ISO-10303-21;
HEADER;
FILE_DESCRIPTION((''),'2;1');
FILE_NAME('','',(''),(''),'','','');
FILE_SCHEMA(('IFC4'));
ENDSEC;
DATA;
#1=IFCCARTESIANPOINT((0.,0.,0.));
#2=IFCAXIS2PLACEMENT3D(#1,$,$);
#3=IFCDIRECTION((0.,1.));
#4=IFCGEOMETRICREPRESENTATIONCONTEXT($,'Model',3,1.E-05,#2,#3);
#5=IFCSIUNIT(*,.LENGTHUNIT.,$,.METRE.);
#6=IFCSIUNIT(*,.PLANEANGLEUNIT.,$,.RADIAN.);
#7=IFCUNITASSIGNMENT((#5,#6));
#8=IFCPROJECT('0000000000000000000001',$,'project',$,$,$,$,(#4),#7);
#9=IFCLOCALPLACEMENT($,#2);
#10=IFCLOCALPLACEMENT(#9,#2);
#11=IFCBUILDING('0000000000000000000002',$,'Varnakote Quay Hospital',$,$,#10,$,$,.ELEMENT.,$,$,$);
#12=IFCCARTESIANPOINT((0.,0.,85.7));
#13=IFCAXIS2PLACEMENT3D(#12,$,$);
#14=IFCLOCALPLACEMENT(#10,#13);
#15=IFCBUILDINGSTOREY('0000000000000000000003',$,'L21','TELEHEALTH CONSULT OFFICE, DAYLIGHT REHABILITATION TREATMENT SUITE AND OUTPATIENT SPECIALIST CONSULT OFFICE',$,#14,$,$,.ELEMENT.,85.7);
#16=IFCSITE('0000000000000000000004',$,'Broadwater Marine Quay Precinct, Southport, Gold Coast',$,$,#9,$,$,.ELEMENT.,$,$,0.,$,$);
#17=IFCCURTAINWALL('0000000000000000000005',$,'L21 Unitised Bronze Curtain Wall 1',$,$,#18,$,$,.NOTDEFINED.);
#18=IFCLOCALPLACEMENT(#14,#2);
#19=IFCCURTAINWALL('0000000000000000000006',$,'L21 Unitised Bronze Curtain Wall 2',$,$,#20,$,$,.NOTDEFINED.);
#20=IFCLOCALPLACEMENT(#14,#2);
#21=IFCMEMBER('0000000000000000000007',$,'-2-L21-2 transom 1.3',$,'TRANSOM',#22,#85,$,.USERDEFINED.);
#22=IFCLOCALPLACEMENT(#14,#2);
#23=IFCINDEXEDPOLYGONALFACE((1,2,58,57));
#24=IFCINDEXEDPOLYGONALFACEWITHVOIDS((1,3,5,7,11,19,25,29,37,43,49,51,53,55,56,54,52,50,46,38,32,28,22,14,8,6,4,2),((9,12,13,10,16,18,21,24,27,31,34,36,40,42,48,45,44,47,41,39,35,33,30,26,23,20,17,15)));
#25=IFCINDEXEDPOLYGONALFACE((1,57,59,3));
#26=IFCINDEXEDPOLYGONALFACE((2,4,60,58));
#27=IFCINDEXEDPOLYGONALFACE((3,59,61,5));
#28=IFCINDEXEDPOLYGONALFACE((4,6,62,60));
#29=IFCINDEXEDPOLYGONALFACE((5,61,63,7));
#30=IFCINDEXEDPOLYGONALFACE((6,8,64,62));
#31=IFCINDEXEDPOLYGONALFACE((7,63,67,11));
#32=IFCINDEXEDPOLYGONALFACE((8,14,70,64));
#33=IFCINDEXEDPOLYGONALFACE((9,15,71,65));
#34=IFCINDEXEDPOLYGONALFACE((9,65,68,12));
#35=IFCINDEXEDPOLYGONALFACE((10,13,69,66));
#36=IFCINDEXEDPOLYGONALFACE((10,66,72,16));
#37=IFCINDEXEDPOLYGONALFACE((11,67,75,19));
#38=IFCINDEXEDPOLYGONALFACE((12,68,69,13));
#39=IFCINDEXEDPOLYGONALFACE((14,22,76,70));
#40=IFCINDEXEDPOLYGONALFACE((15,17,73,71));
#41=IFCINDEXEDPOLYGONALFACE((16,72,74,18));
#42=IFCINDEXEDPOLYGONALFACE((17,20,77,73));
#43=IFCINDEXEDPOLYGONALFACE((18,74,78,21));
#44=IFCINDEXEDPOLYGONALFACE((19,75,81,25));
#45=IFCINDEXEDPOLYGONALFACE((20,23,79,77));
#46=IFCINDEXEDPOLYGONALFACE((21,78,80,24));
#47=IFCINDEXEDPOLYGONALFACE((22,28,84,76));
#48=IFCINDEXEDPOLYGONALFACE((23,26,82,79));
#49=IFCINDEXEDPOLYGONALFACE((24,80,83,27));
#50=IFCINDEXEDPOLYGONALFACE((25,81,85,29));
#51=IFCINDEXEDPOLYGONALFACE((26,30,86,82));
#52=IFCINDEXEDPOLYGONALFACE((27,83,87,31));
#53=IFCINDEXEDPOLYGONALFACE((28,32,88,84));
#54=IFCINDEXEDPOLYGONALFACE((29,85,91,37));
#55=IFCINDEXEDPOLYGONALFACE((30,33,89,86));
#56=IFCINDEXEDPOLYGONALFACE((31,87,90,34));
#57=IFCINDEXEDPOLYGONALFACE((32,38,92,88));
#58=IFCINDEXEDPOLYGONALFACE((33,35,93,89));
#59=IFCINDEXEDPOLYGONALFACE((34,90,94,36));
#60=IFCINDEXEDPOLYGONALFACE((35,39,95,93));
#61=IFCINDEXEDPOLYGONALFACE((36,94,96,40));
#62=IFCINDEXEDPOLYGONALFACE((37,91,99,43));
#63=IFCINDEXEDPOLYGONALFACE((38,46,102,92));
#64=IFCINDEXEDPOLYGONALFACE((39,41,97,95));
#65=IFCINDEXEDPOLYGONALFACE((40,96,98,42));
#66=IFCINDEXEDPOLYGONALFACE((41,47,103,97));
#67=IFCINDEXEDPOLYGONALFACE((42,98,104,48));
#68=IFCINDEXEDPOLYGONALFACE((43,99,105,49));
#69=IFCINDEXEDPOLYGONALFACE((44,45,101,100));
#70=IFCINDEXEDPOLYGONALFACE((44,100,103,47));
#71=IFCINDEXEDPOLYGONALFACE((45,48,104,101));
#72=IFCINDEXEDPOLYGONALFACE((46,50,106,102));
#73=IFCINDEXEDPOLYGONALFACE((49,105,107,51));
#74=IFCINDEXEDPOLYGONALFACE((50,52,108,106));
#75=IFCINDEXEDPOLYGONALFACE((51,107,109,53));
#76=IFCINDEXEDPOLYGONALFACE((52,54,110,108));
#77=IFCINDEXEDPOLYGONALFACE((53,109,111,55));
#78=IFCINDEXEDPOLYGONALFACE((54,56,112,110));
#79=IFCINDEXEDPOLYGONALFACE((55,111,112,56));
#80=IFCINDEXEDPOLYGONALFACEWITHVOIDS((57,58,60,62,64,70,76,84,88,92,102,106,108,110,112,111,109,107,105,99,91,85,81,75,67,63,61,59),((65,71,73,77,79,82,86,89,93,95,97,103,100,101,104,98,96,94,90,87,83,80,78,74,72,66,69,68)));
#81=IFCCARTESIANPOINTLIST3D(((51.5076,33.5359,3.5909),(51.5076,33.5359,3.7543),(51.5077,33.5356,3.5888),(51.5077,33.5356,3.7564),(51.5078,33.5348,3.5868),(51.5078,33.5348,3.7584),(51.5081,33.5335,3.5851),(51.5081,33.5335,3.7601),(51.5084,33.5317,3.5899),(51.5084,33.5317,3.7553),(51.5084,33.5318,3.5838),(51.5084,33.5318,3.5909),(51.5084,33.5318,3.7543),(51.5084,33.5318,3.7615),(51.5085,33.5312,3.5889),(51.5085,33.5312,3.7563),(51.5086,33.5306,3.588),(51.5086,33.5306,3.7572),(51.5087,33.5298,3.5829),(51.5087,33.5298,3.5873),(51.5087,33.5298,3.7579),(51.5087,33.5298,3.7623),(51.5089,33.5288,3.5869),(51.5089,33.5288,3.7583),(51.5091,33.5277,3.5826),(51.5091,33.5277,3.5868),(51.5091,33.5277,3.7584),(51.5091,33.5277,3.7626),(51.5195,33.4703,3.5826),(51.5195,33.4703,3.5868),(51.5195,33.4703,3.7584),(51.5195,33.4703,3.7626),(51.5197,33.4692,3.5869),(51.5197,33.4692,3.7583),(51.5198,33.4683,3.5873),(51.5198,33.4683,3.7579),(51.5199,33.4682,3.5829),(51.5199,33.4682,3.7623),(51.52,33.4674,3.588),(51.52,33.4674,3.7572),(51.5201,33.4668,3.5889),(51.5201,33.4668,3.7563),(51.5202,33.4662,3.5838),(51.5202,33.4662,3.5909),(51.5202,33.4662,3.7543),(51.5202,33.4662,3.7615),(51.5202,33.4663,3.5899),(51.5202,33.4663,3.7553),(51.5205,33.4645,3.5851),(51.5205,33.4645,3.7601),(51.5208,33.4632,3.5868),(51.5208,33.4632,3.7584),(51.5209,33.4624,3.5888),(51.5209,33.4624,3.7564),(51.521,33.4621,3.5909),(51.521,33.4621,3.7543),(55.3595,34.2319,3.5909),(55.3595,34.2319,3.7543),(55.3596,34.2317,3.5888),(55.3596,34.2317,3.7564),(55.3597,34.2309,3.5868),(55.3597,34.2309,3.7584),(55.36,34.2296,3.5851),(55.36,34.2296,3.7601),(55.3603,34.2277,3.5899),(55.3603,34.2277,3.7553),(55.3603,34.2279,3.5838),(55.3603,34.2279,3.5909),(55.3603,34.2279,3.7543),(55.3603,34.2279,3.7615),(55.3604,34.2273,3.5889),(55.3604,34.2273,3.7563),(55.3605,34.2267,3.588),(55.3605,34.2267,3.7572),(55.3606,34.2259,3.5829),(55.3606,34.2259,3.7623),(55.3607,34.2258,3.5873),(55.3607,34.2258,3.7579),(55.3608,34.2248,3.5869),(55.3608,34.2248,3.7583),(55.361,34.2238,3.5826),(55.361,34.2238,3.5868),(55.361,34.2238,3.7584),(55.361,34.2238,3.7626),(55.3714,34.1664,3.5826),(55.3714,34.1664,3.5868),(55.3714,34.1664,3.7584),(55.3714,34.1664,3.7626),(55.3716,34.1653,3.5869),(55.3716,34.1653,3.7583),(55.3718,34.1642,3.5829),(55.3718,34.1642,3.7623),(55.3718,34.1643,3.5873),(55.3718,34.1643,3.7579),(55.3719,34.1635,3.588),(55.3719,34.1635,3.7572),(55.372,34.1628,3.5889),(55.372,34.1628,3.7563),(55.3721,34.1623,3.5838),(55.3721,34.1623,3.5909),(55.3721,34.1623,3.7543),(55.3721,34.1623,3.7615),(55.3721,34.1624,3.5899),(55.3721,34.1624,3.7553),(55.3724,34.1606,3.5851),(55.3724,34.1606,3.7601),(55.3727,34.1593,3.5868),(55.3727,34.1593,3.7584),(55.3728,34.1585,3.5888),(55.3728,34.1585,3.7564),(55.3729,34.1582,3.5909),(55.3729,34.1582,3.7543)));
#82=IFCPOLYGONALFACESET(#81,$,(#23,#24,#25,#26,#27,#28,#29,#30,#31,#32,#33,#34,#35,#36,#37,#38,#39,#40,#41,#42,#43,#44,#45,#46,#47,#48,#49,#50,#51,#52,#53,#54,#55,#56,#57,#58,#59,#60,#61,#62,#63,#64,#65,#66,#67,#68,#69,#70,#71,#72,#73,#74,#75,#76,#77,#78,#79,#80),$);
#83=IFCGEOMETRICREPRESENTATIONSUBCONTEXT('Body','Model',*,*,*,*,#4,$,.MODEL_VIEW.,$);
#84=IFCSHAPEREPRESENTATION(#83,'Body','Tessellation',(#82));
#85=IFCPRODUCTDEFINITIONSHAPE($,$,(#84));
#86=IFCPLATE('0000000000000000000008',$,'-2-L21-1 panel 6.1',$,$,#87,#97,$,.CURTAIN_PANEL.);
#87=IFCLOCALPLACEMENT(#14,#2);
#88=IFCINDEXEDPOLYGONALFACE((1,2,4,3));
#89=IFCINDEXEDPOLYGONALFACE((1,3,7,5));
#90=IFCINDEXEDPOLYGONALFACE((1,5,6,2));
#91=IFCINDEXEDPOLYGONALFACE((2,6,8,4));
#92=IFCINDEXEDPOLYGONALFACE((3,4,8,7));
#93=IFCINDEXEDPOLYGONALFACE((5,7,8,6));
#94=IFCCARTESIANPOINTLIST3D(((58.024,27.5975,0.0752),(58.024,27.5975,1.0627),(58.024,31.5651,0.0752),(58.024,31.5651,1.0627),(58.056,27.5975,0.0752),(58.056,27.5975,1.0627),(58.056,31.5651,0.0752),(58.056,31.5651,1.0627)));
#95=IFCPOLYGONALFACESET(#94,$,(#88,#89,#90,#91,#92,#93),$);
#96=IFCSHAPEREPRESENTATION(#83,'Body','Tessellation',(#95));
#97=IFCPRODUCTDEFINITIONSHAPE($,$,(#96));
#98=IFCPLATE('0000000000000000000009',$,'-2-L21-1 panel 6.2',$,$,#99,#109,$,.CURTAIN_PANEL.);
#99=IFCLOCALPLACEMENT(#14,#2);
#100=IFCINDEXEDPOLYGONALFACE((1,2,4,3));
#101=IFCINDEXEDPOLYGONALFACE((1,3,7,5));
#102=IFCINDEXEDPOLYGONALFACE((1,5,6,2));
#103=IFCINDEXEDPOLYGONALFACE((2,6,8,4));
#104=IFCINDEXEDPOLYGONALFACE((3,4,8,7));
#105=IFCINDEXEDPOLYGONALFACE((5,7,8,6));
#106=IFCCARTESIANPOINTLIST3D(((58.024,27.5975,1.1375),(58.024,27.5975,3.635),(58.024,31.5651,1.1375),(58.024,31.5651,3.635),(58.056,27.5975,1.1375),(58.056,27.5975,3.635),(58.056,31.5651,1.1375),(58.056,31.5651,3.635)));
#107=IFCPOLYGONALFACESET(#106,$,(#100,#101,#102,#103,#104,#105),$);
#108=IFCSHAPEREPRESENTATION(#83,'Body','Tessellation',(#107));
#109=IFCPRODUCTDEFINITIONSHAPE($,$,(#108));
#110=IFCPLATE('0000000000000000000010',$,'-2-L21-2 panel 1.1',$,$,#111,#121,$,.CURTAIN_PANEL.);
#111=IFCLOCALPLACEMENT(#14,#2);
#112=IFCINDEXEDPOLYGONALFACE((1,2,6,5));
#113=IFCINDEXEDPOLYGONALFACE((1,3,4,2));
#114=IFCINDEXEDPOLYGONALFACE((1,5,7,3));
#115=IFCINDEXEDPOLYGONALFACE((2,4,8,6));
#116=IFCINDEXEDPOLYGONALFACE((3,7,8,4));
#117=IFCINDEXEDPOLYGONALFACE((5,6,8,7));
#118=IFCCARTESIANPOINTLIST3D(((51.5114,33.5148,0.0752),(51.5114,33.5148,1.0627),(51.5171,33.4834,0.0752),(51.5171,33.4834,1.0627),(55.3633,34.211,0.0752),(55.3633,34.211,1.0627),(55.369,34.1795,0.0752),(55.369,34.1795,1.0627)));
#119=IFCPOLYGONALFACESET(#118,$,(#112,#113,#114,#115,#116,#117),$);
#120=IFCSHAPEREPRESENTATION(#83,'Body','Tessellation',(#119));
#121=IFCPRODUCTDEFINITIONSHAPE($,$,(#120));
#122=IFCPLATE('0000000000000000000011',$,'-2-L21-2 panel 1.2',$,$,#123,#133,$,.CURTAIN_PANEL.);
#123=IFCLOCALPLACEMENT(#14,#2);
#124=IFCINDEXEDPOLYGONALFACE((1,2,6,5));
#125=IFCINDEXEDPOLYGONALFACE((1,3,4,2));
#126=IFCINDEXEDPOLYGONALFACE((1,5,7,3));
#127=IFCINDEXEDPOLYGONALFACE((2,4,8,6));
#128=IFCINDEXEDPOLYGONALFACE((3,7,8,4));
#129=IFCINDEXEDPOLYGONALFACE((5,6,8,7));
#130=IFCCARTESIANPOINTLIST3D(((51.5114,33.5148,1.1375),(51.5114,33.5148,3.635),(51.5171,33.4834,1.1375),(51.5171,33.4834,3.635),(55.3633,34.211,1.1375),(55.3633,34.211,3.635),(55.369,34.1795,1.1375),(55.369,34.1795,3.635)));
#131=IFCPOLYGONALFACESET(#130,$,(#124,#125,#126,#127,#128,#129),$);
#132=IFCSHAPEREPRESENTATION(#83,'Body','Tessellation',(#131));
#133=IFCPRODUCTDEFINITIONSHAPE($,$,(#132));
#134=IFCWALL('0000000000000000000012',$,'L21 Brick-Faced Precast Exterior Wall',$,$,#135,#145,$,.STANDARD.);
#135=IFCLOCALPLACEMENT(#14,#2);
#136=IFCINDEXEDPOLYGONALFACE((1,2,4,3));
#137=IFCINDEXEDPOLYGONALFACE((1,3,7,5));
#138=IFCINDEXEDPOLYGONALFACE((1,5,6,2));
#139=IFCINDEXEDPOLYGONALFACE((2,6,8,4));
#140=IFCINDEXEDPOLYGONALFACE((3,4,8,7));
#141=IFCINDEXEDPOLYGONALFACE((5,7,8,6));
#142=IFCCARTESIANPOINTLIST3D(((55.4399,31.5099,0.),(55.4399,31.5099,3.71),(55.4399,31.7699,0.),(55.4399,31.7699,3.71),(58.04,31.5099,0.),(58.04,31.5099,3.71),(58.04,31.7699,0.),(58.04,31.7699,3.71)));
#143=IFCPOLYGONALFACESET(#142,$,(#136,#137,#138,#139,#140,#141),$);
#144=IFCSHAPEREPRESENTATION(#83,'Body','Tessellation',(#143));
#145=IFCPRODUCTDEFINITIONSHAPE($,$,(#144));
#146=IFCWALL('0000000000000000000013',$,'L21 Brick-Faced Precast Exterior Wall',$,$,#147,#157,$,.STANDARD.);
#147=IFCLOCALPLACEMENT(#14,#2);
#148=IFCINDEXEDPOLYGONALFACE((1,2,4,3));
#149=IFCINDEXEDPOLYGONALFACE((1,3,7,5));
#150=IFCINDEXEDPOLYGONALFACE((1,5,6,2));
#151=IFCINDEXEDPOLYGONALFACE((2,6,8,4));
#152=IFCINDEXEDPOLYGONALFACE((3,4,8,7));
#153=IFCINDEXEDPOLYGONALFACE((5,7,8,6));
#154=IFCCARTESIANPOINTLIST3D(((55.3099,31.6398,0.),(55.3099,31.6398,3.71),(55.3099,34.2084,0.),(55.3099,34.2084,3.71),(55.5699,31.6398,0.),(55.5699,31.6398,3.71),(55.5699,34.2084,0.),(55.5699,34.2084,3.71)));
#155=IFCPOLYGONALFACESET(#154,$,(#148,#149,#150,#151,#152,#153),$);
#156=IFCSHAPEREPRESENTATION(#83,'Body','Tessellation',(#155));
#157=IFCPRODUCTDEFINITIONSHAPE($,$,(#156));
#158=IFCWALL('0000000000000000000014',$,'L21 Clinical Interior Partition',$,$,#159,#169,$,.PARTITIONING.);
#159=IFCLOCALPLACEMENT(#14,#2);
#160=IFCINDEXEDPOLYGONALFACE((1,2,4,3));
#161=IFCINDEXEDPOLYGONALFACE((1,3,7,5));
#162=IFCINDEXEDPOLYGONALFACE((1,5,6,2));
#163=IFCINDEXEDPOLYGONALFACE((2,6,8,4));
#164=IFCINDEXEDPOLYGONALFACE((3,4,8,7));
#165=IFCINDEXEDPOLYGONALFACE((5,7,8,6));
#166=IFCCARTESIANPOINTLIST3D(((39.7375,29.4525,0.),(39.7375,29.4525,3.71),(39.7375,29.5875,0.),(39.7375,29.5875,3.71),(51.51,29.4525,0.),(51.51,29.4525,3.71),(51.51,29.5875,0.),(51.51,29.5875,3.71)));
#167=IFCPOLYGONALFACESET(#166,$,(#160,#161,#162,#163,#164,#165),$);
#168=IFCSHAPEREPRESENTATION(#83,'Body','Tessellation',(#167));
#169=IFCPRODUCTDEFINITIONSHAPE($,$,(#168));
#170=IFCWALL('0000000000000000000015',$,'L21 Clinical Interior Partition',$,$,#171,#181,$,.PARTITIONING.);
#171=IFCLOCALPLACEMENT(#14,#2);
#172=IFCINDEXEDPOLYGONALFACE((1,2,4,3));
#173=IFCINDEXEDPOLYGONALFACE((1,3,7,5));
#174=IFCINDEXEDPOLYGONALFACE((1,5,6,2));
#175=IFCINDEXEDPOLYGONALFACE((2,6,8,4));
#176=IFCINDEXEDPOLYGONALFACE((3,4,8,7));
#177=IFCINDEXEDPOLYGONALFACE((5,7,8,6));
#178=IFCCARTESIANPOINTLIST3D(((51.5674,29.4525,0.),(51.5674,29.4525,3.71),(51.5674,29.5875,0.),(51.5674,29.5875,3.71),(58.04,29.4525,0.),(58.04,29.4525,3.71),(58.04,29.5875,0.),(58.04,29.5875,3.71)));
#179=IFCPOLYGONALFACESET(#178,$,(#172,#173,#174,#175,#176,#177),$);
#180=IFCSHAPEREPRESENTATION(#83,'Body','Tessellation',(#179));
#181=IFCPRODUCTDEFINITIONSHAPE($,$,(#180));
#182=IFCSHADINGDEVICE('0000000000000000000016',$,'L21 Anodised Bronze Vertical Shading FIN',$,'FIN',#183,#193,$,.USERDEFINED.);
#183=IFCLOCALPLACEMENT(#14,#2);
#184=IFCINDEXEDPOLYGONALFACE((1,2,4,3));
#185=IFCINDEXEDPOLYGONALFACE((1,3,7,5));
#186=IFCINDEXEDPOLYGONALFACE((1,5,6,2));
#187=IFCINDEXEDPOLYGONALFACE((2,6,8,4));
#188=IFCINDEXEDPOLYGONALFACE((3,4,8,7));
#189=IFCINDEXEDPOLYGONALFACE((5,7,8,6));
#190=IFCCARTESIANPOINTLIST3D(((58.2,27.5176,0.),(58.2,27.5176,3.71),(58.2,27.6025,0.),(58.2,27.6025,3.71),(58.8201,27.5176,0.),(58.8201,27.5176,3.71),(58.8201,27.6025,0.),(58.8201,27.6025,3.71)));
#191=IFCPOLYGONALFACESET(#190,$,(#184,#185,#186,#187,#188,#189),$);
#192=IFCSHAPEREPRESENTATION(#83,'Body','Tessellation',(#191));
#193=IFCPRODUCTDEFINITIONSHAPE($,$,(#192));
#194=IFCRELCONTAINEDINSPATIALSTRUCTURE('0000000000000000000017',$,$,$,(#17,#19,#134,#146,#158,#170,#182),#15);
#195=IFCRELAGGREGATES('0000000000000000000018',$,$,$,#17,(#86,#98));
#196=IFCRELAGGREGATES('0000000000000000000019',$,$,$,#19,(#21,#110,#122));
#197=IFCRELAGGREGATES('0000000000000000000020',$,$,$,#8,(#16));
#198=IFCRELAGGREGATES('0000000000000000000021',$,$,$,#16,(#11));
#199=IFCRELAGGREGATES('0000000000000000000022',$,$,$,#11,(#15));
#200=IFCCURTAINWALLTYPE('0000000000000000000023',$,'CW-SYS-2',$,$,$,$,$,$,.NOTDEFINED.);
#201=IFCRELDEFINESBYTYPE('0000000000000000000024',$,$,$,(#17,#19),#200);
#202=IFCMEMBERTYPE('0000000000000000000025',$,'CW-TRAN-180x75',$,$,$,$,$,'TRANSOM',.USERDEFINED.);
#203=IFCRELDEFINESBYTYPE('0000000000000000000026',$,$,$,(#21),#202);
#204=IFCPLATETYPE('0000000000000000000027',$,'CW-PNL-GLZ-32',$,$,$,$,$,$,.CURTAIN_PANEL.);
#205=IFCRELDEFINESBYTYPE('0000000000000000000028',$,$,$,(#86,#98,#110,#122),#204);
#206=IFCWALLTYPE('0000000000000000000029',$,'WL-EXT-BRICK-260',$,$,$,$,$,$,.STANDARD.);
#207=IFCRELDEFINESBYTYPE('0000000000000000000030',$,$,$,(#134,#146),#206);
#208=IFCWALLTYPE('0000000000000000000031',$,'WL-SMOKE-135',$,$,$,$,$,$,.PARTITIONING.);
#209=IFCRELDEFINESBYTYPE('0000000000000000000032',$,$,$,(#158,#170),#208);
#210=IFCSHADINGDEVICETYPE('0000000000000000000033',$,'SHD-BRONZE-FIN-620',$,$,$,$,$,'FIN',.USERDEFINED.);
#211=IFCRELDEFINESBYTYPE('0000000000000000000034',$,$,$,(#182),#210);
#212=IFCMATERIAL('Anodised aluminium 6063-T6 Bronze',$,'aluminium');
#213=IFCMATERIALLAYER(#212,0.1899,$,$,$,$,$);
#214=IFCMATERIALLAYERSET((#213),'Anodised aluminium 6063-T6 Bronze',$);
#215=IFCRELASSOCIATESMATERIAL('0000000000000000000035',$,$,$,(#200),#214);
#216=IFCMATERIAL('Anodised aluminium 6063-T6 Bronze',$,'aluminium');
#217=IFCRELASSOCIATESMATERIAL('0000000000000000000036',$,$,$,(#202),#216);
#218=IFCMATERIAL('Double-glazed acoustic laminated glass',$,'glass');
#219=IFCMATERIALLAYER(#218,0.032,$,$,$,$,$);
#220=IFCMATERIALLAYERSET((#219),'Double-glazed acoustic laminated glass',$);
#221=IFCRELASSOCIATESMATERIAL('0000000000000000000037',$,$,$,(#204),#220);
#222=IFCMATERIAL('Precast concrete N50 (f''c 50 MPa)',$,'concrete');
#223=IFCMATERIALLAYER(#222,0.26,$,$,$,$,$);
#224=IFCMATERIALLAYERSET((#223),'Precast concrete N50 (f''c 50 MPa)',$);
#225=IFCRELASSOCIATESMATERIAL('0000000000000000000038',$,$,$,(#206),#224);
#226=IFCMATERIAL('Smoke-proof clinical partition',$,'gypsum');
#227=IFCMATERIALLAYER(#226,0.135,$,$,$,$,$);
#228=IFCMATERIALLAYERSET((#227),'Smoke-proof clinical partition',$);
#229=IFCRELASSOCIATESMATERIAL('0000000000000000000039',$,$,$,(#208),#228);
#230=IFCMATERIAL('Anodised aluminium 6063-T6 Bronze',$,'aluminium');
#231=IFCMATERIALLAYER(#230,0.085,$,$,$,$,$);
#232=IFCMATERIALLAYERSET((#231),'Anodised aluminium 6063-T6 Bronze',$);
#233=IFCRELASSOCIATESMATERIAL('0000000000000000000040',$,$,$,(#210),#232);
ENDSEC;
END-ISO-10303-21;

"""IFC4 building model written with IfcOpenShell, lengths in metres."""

from ifc_helpers import new_model, si_unit, direction, frame, frame_2d, origin, origin_2d, place, context, subcontext, project, spatial, rectangle, hollow_rectangle, extrude, material, layer, layer_set, material_profile, profile_set, type_object, element, aggregate, save


model = new_model("IFC4")

# Units and contexts
model_context = context("Model", 3, precision=1e-05, world=origin(), true_north=direction((0.0, 1.0)))
body_context = subcontext(model_context, "Body", "Model", "MODEL_VIEW")
ifc_project = project(units=[si_unit("LENGTHUNIT", "METRE"), si_unit("PLANEANGLEUNIT", "RADIAN")], contexts=[model_context])

# Site, building, storey
site_placement = place(None, origin())
site = spatial("IfcSite", under=ifc_project, at=site_placement, Name="Broadwater Marine Quay Precinct, Southport, Gold Coast", CompositionType="ELEMENT", RefElevation=0.0)
building_placement = place(site_placement, origin())
building = spatial("IfcBuilding", under=site, at=building_placement, Name="Varnakote Quay Hospital", CompositionType="ELEMENT")
storey_placement = place(building_placement, frame((0.0, 0.0, 85.7)))
storey = spatial("IfcBuildingStorey", under=building, at=storey_placement, Name="L21", Description="TELEHEALTH CONSULT OFFICE, DAYLIGHT REHABILITATION TREATMENT SUITE AND OUTPATIENT SPECIALIST CONSULT OFFICE", CompositionType="ELEMENT", Elevation=85.7)

# Curtain wall
ifc_material_1 = material(Name="Anodised aluminium 6063-T6 Bronze", Category="aluminium")
ifc_layer_1 = layer(ifc_material_1, 0.1899)
ifc_layer_set_1 = layer_set([ifc_layer_1], Name="Anodised aluminium 6063-T6 Bronze")
curtain_wall_type = type_object("IfcCurtainWallType", Name="CW-SYS-2", PredefinedType="NOTDEFINED", material=ifc_layer_set_1)
curtain_wall_1_placement = place(storey_placement, origin())
curtain_wall_1 = element("IfcCurtainWall", 1, at=curtain_wall_1_placement, inside=storey, type_object=curtain_wall_type, Name="L21 Unitised Bronze Curtain Wall 1", PredefinedType="NOTDEFINED")

# Curtain wall
curtain_wall_2_placement = place(storey_placement, origin())
curtain_wall_2 = element("IfcCurtainWall", 2, at=curtain_wall_2_placement, inside=storey, type_object=curtain_wall_type, Name="L21 Unitised Bronze Curtain Wall 2", PredefinedType="NOTDEFINED")

# Member
ifc_material_2 = material(Name="Anodised aluminium 6063-T6 Bronze", Category="aluminium")
ifc_material_profile_1 = material_profile(ifc_material_2, hollow_rectangle(XDim=0.075, YDim=0.1799, WallThickness=0.0042, InnerFilletRadius=0.0042, OuterFilletRadius=0.0083, at=origin_2d()), Name="CW-TRAN-180x75")
ifc_profile_set_1 = profile_set([ifc_material_profile_1], Name="Anodised aluminium 6063-T6 Bronze")
member_type_1 = type_object("IfcMemberType", Name="CW-TRAN-180x75", ElementType="TRANSOM", PredefinedType="USERDEFINED", material=ifc_profile_set_1)
member_1_placement = place(storey_placement, frame((55.3662, 34.1951, 3.6726), z_axis=(-0.984062, -0.177826, 0.0), x_axis=(0.177826, -0.984062, 0.0)))
member_1 = element("IfcMember", 3, at=member_1_placement, type_object=member_type_1, Name="-2-L21-2 transom 1.3", ObjectType="TRANSOM", PredefinedType="USERDEFINED", context=body_context, shape_type="SweptSolid", body=[
    extrude(hollow_rectangle(XDim=0.075, YDim=0.1799, WallThickness=0.0042, InnerFilletRadius=0.0042, OuterFilletRadius=0.0083, at=origin_2d()), origin(), (0.0, 0.0, 1.0), 3.9143),
])

# Plates
ifc_material_3 = material(Name="Double-glazed acoustic laminated glass", Category="glass")
ifc_layer_2 = layer(ifc_material_3, 0.032)
ifc_layer_set_2 = layer_set([ifc_layer_2], Name="Double-glazed acoustic laminated glass")
plate_type = type_object("IfcPlateType", Name="CW-PNL-GLZ-32", PredefinedType="CURTAIN_PANEL", material=ifc_layer_set_2)
plate_1_placement = place(storey_placement, frame((58.04, 29.5813, 0.0752), z_axis=(0.0, 0.0, 1.0), x_axis=(0.0, 1.0, 0.0)))
plate_1 = element("IfcPlate", 4, at=plate_1_placement, type_object=plate_type, Name="-2-L21-1 panel 6.1", PredefinedType="CURTAIN_PANEL", context=body_context, shape_type="SweptSolid", body=[
    extrude(rectangle(XDim=3.9675, YDim=0.032, at=origin_2d()), origin(), (0.0, 0.0, 1.0), 0.9875),
])
plate_2_placement = place(storey_placement, frame((58.04, 29.5813, 1.1375), z_axis=(0.0, 0.0, 1.0), x_axis=(0.0, 1.0, 0.0)))
plate_2 = element("IfcPlate", 5, at=plate_2_placement, type_object=plate_type, Name="-2-L21-1 panel 6.2", PredefinedType="CURTAIN_PANEL", context=body_context, shape_type="SweptSolid", body=[
    extrude(rectangle(XDim=3.9675, YDim=0.032, at=origin_2d()), origin(), (0.0, 0.0, 1.0), 2.4976),
])
aggregate(curtain_wall_1, [plate_1, plate_2])
plate_3_placement = place(storey_placement, frame((53.4402, 33.8472, 0.0752), z_axis=(0.0, 0.0, 1.0), x_axis=(-0.984058, -0.177846, 0.0)))
plate_3 = element("IfcPlate", 6, at=plate_3_placement, type_object=plate_type, Name="-2-L21-2 panel 1.1", PredefinedType="CURTAIN_PANEL", context=body_context, shape_type="SweptSolid", body=[
    extrude(rectangle(XDim=3.9143, YDim=0.032, at=origin_2d()), origin(), (0.0, 0.0, 1.0), 0.9875),
])
plate_4_placement = place(storey_placement, frame((53.4402, 33.8472, 1.1375), z_axis=(0.0, 0.0, 1.0), x_axis=(-0.984058, -0.177846, 0.0)))
plate_4 = element("IfcPlate", 7, at=plate_4_placement, type_object=plate_type, Name="-2-L21-2 panel 1.2", PredefinedType="CURTAIN_PANEL", context=body_context, shape_type="SweptSolid", body=[
    extrude(rectangle(XDim=3.9143, YDim=0.032, at=origin_2d()), origin(), (0.0, 0.0, 1.0), 2.4976),
])
aggregate(curtain_wall_2, [member_1, plate_3, plate_4])

# Walls
ifc_material_4 = material(Name="Precast concrete N50 (f'c 50 MPa)", Category="concrete")
ifc_layer_3 = layer(ifc_material_4, 0.26)
ifc_layer_set_3 = layer_set([ifc_layer_3], Name="Precast concrete N50 (f'c 50 MPa)")
wall_type_1 = type_object("IfcWallType", Name="WL-EXT-BRICK-260", PredefinedType="STANDARD", material=ifc_layer_set_3)
wall_1_placement = place(storey_placement, frame((58.04, 31.6399, 0.0), z_axis=(0.0, 0.0, 1.0), x_axis=(-1.0, 0.0, 0.0)))
element("IfcWall", 8, at=wall_1_placement, inside=storey, type_object=wall_type_1, Name="L21 Brick-Faced Precast Exterior Wall", PredefinedType="STANDARD", context=body_context, shape_type="SweptSolid", body=[
    extrude(rectangle(XDim=2.6001, YDim=0.26, at=frame_2d((1.3, 0.0))), origin(), (0.0, 0.0, 1.0), 3.71),
])
wall_2_placement = place(storey_placement, frame((55.4399, 31.6399, 0.0), z_axis=(0.0, 0.0, 1.0), x_axis=(0.0, 1.0, 0.0)))
element("IfcWall", 9, at=wall_2_placement, inside=storey, type_object=wall_type_1, Name="L21 Brick-Faced Precast Exterior Wall", PredefinedType="STANDARD", context=body_context, shape_type="SweptSolid", body=[
    extrude(rectangle(XDim=2.5686, YDim=0.26, at=frame_2d((1.2842, 0.0))), origin(), (0.0, 0.0, 1.0), 3.71),
])
ifc_material_5 = material(Name="Smoke-proof clinical partition", Category="gypsum")
ifc_layer_4 = layer(ifc_material_5, 0.135)
ifc_layer_set_4 = layer_set([ifc_layer_4], Name="Smoke-proof clinical partition")
wall_type_2 = type_object("IfcWallType", Name="WL-SMOKE-135", PredefinedType="PARTITIONING", material=ifc_layer_set_4)
wall_3_placement = place(storey_placement, frame((51.51, 29.52, 0.0), z_axis=(0.0, 0.0, 1.0), x_axis=(-1.0, 0.0, 0.0)))
element("IfcWall", 10, at=wall_3_placement, inside=storey, type_object=wall_type_2, Name="L21 Clinical Interior Partition", PredefinedType="PARTITIONING", context=body_context, shape_type="SweptSolid", body=[
    extrude(rectangle(XDim=11.7725, YDim=0.135, at=frame_2d((5.8862, 0.0))), origin(), (0.0, 0.0, 1.0), 3.71),
])
wall_4_placement = place(storey_placement, frame((58.04, 29.52, 0.0), z_axis=(0.0, 0.0, 1.0), x_axis=(-1.0, 0.0, 0.0)))
element("IfcWall", 11, at=wall_4_placement, inside=storey, type_object=wall_type_2, Name="L21 Clinical Interior Partition", PredefinedType="PARTITIONING", context=body_context, shape_type="SweptSolid", body=[
    extrude(rectangle(XDim=6.4727, YDim=0.135, at=frame_2d((3.2363, 0.0))), origin(), (0.0, 0.0, 1.0), 3.71),
])

# Shading device
ifc_material_6 = material(Name="Anodised aluminium 6063-T6 Bronze", Category="aluminium")
ifc_layer_5 = layer(ifc_material_6, 0.085)
ifc_layer_set_5 = layer_set([ifc_layer_5], Name="Anodised aluminium 6063-T6 Bronze")
shading_device_type = type_object("IfcShadingDeviceType", Name="SHD-BRONZE-FIN-620", ElementType="FIN", PredefinedType="USERDEFINED", material=ifc_layer_set_5)
for number, where, z_axis, x_axis, name in (
    (12, (58.51, 27.5601, 0.0), (0.0, 0.0, 1.0), (-1.0, 0.0, 0.0), "L21 Anodised Bronze Vertical Shading FIN"),
):
    element("IfcShadingDevice", number, at=place(storey_placement, frame(where, z_axis=z_axis, x_axis=x_axis)), inside=storey, type_object=shading_device_type, Name=name, ObjectType="FIN", PredefinedType="USERDEFINED", context=body_context, shape_type="SweptSolid", body=[
        extrude(rectangle(XDim=0.6201, YDim=0.085, at=origin_2d()), origin(), (0.0, 0.0, 1.0), 3.71),
    ])

save(model, "model.ifc")
